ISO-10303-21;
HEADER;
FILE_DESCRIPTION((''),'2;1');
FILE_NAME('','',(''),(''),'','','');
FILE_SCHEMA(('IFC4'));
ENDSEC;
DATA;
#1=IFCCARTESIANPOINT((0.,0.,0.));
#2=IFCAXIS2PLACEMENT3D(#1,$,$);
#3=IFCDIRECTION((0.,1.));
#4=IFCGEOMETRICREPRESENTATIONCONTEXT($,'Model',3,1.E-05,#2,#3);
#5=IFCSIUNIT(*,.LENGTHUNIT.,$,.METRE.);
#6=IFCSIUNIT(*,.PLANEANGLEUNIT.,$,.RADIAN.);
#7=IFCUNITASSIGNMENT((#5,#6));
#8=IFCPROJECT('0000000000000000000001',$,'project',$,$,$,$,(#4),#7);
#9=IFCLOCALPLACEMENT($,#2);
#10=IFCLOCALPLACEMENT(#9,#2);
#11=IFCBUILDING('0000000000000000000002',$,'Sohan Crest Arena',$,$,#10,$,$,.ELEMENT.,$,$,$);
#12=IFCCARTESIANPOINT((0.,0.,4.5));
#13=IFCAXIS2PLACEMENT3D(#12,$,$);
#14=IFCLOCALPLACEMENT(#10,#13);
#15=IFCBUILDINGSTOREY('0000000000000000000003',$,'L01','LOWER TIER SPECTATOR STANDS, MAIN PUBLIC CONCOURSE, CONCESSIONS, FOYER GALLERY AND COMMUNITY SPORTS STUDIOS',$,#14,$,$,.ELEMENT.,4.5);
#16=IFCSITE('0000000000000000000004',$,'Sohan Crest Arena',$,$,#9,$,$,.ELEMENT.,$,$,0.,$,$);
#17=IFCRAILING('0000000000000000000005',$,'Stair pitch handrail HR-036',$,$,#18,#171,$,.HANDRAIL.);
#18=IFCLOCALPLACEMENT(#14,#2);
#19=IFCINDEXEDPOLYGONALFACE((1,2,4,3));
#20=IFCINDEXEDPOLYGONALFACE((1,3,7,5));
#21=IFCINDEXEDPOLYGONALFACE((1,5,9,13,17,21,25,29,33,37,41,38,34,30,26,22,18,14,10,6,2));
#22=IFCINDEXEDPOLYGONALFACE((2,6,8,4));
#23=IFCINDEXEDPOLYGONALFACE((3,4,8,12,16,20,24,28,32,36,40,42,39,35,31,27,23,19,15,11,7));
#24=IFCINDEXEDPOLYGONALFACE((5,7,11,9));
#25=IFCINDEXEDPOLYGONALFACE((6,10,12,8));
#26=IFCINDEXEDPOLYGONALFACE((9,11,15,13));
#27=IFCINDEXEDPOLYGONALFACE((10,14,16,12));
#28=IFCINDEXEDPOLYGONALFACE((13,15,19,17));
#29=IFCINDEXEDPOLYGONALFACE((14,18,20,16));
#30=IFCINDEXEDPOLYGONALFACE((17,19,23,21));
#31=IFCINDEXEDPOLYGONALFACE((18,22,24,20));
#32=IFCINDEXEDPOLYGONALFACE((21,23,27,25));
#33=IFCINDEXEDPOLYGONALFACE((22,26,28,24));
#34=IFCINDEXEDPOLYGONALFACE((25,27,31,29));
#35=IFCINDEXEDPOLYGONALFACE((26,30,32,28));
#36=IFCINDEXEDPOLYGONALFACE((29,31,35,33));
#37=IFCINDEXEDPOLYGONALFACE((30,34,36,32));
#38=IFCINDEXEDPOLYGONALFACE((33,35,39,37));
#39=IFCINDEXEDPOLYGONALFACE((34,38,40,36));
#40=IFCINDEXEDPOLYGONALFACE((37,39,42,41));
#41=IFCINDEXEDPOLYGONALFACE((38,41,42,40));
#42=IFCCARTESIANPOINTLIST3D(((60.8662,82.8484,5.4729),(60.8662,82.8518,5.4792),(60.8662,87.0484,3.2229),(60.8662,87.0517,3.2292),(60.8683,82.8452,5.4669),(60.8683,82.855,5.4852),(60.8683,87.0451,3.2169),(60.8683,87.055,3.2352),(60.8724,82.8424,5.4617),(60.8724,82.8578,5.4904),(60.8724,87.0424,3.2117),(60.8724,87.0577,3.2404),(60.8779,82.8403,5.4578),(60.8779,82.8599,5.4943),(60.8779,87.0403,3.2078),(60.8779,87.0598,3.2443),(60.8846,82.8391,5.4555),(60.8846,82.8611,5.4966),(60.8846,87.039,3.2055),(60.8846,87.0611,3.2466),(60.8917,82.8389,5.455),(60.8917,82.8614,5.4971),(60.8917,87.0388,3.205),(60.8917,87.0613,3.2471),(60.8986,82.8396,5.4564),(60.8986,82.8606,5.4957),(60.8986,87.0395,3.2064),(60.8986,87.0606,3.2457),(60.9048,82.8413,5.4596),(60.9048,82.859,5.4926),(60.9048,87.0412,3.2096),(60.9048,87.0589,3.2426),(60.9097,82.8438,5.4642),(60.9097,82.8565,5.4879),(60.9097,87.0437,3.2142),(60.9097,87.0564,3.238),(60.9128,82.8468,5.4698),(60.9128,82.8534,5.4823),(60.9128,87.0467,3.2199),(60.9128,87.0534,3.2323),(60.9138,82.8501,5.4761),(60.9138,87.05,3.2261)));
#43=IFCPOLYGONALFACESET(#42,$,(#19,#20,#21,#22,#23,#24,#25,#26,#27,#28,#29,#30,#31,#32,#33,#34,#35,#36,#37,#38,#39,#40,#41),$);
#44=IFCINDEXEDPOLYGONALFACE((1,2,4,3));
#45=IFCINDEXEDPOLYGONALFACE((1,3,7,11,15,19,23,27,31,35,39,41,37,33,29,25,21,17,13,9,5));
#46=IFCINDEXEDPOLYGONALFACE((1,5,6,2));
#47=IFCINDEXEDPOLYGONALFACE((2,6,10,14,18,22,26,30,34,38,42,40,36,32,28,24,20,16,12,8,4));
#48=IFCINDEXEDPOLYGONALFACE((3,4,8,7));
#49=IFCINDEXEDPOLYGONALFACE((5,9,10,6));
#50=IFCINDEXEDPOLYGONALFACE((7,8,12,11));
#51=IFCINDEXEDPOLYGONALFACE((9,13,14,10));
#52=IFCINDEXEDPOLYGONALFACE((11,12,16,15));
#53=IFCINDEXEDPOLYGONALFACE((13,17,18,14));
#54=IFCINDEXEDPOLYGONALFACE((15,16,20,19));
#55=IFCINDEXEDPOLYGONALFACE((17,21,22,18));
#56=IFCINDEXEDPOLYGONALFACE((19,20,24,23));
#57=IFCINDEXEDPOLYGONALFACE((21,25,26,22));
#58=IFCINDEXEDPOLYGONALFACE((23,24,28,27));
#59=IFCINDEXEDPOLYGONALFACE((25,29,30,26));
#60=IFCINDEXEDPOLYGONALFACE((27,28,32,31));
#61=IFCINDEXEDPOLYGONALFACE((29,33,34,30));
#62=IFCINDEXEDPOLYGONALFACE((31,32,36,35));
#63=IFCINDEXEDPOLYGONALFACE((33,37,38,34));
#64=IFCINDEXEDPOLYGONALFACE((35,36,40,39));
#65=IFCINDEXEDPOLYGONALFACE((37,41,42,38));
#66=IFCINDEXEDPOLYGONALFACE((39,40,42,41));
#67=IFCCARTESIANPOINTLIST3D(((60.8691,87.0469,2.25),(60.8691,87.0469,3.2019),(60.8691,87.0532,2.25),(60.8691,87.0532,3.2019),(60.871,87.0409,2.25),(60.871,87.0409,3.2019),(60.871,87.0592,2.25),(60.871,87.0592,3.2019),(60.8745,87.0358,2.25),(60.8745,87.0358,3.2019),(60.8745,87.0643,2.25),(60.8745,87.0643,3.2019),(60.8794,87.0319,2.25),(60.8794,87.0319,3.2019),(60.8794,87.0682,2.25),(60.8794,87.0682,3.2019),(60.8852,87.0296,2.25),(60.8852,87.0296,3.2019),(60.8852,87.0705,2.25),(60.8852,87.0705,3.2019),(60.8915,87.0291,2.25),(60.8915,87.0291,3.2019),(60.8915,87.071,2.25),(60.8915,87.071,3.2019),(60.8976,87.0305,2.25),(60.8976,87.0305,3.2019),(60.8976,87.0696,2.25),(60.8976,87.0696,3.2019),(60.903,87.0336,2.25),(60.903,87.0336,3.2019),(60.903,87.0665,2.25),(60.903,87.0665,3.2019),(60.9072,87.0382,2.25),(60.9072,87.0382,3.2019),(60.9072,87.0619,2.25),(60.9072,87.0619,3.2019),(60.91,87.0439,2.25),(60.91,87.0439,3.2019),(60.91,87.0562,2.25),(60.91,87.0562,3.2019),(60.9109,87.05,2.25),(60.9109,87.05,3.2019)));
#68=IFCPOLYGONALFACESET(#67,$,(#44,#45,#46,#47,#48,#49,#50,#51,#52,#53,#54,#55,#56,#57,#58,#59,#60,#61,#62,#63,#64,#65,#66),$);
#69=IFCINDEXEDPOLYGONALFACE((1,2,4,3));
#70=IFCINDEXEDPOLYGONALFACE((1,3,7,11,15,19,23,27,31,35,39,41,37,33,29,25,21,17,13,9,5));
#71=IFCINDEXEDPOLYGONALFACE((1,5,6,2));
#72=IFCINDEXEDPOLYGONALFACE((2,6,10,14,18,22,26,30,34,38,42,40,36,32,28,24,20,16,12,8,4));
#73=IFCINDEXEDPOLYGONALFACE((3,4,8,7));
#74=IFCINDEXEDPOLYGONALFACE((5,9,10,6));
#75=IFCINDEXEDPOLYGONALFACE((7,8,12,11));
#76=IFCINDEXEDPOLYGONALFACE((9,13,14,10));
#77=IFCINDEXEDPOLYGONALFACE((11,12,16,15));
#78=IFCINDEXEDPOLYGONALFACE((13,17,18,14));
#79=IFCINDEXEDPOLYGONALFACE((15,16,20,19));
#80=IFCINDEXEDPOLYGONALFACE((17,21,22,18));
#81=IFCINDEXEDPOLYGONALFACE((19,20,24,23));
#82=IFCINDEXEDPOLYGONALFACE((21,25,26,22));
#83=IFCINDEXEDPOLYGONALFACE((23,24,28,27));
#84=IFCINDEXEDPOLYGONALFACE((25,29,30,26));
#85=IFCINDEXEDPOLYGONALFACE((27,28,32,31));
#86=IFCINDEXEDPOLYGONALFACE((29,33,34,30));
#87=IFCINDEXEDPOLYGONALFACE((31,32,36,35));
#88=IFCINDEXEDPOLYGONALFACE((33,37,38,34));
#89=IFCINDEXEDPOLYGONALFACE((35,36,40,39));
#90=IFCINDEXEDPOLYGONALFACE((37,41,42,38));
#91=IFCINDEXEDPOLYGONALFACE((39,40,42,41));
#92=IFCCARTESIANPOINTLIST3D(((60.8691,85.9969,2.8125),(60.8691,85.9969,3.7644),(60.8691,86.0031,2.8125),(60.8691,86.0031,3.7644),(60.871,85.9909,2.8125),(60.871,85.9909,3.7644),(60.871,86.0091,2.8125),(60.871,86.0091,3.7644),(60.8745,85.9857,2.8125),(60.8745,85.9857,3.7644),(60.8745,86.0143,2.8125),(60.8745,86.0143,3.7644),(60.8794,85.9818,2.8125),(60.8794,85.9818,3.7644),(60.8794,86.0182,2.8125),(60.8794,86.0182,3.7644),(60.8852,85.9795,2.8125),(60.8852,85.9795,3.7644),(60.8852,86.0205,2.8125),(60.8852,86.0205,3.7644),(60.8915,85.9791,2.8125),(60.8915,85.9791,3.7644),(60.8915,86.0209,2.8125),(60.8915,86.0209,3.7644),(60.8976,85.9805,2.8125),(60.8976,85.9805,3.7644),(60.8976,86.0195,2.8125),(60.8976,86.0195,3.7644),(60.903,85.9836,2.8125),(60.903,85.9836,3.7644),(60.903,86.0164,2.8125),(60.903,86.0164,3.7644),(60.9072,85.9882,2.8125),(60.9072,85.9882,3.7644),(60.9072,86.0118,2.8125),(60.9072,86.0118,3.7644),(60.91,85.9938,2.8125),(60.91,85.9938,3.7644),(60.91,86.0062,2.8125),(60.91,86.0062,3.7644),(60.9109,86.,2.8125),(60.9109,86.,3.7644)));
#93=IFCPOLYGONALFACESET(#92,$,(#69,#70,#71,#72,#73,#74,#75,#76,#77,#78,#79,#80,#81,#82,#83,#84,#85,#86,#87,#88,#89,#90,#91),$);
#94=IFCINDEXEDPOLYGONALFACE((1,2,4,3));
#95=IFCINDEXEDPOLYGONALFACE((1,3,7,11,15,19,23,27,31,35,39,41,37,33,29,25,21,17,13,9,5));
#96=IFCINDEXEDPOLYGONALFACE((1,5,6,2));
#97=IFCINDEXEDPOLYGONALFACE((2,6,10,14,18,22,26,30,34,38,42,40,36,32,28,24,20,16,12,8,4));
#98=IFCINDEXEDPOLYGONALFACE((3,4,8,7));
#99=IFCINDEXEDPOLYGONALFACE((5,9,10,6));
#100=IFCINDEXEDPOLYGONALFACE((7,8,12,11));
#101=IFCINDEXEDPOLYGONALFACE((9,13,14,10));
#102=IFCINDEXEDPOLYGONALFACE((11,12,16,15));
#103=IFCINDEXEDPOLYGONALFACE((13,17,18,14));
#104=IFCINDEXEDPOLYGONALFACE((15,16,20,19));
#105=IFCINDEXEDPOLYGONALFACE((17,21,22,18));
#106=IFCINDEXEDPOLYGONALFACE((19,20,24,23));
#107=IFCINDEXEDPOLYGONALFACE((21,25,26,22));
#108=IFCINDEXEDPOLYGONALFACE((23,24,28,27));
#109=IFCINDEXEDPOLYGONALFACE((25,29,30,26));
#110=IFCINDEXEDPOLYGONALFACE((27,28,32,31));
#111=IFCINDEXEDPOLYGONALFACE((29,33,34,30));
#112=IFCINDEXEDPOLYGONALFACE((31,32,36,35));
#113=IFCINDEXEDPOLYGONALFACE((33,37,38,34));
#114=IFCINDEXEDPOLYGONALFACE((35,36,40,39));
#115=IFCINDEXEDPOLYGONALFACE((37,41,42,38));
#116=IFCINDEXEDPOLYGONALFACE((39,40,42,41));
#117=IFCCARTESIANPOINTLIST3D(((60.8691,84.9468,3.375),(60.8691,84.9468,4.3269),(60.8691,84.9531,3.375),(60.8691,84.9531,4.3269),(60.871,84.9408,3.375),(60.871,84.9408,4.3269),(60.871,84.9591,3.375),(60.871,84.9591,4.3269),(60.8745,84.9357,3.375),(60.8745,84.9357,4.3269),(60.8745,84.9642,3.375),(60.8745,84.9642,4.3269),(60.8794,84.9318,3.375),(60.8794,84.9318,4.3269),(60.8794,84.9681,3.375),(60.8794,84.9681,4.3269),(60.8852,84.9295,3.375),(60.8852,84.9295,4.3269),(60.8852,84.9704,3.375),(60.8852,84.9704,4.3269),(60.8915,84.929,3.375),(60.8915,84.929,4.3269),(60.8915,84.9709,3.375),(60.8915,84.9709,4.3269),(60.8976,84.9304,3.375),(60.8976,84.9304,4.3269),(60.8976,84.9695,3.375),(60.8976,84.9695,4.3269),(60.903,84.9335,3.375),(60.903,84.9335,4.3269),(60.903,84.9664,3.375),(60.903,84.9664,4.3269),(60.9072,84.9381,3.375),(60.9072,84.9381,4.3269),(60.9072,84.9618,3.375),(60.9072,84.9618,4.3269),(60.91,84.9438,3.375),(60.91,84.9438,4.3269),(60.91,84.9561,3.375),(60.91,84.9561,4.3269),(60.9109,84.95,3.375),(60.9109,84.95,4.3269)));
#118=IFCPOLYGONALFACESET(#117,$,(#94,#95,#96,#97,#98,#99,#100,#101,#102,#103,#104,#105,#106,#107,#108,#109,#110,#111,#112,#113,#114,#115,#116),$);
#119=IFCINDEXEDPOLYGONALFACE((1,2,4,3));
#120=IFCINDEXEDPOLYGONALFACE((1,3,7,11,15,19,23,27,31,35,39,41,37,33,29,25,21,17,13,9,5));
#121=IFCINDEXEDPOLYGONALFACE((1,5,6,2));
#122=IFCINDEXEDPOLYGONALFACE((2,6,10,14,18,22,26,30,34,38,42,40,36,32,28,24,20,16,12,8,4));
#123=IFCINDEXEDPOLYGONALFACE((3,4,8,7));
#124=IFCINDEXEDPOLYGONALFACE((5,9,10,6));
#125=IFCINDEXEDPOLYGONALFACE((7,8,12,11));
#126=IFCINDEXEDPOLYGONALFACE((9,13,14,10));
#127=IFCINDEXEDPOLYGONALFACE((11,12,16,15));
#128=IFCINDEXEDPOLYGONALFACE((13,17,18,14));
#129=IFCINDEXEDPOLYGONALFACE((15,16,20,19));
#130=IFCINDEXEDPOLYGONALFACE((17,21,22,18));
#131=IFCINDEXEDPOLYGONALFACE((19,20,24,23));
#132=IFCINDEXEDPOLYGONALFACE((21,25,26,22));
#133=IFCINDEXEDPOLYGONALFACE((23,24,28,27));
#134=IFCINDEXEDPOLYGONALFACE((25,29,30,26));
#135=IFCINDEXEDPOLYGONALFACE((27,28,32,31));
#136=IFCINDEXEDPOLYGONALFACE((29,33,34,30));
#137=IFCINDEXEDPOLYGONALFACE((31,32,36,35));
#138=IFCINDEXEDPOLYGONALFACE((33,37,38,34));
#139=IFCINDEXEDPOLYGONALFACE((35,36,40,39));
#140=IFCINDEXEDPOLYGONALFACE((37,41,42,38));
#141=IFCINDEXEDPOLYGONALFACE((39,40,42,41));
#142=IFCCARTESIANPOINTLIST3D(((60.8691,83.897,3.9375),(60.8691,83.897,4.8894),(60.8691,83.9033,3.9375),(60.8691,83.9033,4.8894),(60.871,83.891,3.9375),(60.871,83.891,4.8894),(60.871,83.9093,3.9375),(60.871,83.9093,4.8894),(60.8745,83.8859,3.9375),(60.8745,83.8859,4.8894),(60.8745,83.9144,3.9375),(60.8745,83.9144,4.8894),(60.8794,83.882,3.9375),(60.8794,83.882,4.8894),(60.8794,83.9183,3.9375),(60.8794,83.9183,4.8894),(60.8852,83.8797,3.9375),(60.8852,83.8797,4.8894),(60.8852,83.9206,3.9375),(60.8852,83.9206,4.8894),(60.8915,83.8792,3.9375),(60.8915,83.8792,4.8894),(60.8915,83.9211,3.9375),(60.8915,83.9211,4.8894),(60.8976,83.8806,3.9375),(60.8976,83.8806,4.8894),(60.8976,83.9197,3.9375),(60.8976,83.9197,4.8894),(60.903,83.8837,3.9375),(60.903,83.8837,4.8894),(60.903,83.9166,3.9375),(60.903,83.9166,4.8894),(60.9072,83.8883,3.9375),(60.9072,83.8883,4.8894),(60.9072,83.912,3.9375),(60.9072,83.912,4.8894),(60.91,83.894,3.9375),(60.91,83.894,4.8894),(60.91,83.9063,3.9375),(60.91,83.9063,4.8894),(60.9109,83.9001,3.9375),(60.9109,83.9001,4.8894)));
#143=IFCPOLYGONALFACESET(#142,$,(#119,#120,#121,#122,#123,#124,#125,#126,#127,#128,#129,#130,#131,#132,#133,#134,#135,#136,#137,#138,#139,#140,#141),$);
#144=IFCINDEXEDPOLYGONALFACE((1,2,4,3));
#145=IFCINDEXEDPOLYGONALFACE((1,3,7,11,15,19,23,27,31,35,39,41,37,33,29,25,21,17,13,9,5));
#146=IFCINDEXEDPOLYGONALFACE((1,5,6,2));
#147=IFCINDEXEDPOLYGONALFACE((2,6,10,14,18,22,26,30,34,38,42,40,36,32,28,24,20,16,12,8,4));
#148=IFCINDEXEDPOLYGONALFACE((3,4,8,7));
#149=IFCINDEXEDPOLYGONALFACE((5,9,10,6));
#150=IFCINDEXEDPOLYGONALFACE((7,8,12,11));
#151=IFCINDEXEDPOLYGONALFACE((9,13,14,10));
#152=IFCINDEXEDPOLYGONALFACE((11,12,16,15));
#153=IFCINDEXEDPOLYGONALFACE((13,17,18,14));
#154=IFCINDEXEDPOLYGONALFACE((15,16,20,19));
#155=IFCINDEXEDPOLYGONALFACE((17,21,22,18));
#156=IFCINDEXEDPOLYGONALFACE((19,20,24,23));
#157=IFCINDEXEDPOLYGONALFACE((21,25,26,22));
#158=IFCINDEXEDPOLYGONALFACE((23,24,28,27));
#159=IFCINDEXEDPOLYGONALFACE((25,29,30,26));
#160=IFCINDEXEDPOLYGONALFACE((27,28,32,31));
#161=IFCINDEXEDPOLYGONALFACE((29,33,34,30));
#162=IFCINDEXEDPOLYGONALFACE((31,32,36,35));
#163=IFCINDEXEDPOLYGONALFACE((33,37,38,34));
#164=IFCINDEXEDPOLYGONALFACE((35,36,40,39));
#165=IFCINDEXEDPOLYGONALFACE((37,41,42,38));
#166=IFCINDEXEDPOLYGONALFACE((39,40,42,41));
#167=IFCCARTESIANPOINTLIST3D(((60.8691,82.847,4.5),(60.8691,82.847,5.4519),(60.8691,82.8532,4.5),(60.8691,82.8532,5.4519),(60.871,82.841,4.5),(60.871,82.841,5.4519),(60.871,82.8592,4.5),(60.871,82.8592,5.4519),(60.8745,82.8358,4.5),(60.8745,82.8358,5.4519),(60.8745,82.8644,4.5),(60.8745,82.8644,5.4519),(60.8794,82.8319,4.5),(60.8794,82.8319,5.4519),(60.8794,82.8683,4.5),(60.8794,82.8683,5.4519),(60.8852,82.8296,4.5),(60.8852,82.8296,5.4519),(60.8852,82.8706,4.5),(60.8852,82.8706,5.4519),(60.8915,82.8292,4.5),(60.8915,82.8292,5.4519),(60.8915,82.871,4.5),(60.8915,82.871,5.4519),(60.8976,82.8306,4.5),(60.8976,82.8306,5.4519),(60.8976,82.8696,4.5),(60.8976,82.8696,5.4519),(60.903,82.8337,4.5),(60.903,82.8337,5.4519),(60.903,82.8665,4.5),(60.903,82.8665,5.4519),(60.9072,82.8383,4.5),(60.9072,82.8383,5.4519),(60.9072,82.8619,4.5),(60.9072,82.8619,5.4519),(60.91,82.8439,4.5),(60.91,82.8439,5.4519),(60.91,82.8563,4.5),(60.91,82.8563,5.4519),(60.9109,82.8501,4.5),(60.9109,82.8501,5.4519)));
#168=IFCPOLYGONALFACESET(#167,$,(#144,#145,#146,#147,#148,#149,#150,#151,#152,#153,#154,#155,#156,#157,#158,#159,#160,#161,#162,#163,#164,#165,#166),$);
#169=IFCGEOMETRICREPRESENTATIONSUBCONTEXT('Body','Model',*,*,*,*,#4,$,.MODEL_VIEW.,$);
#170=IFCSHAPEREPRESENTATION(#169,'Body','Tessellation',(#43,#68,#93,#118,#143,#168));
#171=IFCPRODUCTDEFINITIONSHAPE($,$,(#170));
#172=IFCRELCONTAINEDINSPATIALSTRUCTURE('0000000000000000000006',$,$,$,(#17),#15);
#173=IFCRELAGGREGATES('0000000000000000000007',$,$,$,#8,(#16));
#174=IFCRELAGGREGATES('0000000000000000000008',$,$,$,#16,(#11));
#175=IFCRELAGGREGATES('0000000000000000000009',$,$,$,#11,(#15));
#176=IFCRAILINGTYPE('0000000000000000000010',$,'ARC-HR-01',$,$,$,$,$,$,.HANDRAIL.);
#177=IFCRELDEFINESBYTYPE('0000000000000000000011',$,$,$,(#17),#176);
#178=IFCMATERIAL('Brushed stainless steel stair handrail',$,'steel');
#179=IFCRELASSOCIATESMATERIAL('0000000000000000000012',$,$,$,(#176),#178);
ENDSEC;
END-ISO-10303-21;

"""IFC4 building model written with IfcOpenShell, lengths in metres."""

from ifc_helpers import new_model, si_unit, direction, frame, origin, origin_2d, place, context, subcontext, project, spatial, circle, extrude, material, type_object, element, save


model = new_model("IFC4")

# Units and contexts
model_context = context("Model", 3, precision=1e-05, world=origin(), true_north=direction((0.0, 1.0)))
body_context = subcontext(model_context, "Body", "Model", "MODEL_VIEW")
ifc_project = project(units=[si_unit("LENGTHUNIT", "METRE"), si_unit("PLANEANGLEUNIT", "RADIAN")], contexts=[model_context])

# Site, building, storey
site_placement = place(None, origin())
site = spatial("IfcSite", under=ifc_project, at=site_placement, Name="Sohan Crest Arena", CompositionType="ELEMENT", RefElevation=0.0)
building_placement = place(site_placement, origin())
building = spatial("IfcBuilding", under=site, at=building_placement, Name="Sohan Crest Arena", CompositionType="ELEMENT")
storey_placement = place(building_placement, frame((0.0, 0.0, 4.5)))
storey = spatial("IfcBuildingStorey", under=building, at=storey_placement, Name="L01", Description="LOWER TIER SPECTATOR STANDS, MAIN PUBLIC CONCOURSE, CONCESSIONS, FOYER GALLERY AND COMMUNITY SPORTS STUDIOS", CompositionType="ELEMENT", Elevation=4.5)

# Railing
ifc_material_1 = material(Name="Brushed stainless steel stair handrail", Category="steel")
railing_type_1 = type_object("IfcRailingType", Name="ARC-HR-01", PredefinedType="HANDRAIL", material=ifc_material_1)
for number, where, name in (
    (1, (60.8899, 87.05, 2.25), "Stair pitch handrail HR-036"),
):
    element("IfcRailing", number, at=place(storey_placement, frame(where)), inside=storey, type_object=railing_type_1, Name=name, PredefinedType="HANDRAIL", context=body_context, shape_type="SweptSolid", body=[
        extrude(circle(Radius=0.0239, at=origin_2d()), frame((0.0, 0.0, 0.9761), z_axis=(0.0, -0.881478, 0.472226), x_axis=(1.0, 0.0, 0.0)), (0.0, 0.0, 1.0), 4.7646),
        extrude(circle(Radius=0.021, at=origin_2d()), origin(), (0.0, 0.0, 1.0), 0.9519),
        extrude(circle(Radius=0.021, at=origin_2d()), frame((0.0, -1.05, 0.5625)), (0.0, 0.0, 1.0), 0.9519),
        extrude(circle(Radius=0.021, at=origin_2d()), frame((0.0, -2.1001, 1.125)), (0.0, 0.0, 1.0), 0.9519),
        extrude(circle(Radius=0.021, at=origin_2d()), frame((0.0, -3.1499, 1.6875)), (0.0, 0.0, 1.0), 0.9519),
        extrude(circle(Radius=0.021, at=origin_2d()), frame((0.0, -4.2, 2.25)), (0.0, 0.0, 1.0), 0.9519),
    ])

save(model, "model.ifc")
